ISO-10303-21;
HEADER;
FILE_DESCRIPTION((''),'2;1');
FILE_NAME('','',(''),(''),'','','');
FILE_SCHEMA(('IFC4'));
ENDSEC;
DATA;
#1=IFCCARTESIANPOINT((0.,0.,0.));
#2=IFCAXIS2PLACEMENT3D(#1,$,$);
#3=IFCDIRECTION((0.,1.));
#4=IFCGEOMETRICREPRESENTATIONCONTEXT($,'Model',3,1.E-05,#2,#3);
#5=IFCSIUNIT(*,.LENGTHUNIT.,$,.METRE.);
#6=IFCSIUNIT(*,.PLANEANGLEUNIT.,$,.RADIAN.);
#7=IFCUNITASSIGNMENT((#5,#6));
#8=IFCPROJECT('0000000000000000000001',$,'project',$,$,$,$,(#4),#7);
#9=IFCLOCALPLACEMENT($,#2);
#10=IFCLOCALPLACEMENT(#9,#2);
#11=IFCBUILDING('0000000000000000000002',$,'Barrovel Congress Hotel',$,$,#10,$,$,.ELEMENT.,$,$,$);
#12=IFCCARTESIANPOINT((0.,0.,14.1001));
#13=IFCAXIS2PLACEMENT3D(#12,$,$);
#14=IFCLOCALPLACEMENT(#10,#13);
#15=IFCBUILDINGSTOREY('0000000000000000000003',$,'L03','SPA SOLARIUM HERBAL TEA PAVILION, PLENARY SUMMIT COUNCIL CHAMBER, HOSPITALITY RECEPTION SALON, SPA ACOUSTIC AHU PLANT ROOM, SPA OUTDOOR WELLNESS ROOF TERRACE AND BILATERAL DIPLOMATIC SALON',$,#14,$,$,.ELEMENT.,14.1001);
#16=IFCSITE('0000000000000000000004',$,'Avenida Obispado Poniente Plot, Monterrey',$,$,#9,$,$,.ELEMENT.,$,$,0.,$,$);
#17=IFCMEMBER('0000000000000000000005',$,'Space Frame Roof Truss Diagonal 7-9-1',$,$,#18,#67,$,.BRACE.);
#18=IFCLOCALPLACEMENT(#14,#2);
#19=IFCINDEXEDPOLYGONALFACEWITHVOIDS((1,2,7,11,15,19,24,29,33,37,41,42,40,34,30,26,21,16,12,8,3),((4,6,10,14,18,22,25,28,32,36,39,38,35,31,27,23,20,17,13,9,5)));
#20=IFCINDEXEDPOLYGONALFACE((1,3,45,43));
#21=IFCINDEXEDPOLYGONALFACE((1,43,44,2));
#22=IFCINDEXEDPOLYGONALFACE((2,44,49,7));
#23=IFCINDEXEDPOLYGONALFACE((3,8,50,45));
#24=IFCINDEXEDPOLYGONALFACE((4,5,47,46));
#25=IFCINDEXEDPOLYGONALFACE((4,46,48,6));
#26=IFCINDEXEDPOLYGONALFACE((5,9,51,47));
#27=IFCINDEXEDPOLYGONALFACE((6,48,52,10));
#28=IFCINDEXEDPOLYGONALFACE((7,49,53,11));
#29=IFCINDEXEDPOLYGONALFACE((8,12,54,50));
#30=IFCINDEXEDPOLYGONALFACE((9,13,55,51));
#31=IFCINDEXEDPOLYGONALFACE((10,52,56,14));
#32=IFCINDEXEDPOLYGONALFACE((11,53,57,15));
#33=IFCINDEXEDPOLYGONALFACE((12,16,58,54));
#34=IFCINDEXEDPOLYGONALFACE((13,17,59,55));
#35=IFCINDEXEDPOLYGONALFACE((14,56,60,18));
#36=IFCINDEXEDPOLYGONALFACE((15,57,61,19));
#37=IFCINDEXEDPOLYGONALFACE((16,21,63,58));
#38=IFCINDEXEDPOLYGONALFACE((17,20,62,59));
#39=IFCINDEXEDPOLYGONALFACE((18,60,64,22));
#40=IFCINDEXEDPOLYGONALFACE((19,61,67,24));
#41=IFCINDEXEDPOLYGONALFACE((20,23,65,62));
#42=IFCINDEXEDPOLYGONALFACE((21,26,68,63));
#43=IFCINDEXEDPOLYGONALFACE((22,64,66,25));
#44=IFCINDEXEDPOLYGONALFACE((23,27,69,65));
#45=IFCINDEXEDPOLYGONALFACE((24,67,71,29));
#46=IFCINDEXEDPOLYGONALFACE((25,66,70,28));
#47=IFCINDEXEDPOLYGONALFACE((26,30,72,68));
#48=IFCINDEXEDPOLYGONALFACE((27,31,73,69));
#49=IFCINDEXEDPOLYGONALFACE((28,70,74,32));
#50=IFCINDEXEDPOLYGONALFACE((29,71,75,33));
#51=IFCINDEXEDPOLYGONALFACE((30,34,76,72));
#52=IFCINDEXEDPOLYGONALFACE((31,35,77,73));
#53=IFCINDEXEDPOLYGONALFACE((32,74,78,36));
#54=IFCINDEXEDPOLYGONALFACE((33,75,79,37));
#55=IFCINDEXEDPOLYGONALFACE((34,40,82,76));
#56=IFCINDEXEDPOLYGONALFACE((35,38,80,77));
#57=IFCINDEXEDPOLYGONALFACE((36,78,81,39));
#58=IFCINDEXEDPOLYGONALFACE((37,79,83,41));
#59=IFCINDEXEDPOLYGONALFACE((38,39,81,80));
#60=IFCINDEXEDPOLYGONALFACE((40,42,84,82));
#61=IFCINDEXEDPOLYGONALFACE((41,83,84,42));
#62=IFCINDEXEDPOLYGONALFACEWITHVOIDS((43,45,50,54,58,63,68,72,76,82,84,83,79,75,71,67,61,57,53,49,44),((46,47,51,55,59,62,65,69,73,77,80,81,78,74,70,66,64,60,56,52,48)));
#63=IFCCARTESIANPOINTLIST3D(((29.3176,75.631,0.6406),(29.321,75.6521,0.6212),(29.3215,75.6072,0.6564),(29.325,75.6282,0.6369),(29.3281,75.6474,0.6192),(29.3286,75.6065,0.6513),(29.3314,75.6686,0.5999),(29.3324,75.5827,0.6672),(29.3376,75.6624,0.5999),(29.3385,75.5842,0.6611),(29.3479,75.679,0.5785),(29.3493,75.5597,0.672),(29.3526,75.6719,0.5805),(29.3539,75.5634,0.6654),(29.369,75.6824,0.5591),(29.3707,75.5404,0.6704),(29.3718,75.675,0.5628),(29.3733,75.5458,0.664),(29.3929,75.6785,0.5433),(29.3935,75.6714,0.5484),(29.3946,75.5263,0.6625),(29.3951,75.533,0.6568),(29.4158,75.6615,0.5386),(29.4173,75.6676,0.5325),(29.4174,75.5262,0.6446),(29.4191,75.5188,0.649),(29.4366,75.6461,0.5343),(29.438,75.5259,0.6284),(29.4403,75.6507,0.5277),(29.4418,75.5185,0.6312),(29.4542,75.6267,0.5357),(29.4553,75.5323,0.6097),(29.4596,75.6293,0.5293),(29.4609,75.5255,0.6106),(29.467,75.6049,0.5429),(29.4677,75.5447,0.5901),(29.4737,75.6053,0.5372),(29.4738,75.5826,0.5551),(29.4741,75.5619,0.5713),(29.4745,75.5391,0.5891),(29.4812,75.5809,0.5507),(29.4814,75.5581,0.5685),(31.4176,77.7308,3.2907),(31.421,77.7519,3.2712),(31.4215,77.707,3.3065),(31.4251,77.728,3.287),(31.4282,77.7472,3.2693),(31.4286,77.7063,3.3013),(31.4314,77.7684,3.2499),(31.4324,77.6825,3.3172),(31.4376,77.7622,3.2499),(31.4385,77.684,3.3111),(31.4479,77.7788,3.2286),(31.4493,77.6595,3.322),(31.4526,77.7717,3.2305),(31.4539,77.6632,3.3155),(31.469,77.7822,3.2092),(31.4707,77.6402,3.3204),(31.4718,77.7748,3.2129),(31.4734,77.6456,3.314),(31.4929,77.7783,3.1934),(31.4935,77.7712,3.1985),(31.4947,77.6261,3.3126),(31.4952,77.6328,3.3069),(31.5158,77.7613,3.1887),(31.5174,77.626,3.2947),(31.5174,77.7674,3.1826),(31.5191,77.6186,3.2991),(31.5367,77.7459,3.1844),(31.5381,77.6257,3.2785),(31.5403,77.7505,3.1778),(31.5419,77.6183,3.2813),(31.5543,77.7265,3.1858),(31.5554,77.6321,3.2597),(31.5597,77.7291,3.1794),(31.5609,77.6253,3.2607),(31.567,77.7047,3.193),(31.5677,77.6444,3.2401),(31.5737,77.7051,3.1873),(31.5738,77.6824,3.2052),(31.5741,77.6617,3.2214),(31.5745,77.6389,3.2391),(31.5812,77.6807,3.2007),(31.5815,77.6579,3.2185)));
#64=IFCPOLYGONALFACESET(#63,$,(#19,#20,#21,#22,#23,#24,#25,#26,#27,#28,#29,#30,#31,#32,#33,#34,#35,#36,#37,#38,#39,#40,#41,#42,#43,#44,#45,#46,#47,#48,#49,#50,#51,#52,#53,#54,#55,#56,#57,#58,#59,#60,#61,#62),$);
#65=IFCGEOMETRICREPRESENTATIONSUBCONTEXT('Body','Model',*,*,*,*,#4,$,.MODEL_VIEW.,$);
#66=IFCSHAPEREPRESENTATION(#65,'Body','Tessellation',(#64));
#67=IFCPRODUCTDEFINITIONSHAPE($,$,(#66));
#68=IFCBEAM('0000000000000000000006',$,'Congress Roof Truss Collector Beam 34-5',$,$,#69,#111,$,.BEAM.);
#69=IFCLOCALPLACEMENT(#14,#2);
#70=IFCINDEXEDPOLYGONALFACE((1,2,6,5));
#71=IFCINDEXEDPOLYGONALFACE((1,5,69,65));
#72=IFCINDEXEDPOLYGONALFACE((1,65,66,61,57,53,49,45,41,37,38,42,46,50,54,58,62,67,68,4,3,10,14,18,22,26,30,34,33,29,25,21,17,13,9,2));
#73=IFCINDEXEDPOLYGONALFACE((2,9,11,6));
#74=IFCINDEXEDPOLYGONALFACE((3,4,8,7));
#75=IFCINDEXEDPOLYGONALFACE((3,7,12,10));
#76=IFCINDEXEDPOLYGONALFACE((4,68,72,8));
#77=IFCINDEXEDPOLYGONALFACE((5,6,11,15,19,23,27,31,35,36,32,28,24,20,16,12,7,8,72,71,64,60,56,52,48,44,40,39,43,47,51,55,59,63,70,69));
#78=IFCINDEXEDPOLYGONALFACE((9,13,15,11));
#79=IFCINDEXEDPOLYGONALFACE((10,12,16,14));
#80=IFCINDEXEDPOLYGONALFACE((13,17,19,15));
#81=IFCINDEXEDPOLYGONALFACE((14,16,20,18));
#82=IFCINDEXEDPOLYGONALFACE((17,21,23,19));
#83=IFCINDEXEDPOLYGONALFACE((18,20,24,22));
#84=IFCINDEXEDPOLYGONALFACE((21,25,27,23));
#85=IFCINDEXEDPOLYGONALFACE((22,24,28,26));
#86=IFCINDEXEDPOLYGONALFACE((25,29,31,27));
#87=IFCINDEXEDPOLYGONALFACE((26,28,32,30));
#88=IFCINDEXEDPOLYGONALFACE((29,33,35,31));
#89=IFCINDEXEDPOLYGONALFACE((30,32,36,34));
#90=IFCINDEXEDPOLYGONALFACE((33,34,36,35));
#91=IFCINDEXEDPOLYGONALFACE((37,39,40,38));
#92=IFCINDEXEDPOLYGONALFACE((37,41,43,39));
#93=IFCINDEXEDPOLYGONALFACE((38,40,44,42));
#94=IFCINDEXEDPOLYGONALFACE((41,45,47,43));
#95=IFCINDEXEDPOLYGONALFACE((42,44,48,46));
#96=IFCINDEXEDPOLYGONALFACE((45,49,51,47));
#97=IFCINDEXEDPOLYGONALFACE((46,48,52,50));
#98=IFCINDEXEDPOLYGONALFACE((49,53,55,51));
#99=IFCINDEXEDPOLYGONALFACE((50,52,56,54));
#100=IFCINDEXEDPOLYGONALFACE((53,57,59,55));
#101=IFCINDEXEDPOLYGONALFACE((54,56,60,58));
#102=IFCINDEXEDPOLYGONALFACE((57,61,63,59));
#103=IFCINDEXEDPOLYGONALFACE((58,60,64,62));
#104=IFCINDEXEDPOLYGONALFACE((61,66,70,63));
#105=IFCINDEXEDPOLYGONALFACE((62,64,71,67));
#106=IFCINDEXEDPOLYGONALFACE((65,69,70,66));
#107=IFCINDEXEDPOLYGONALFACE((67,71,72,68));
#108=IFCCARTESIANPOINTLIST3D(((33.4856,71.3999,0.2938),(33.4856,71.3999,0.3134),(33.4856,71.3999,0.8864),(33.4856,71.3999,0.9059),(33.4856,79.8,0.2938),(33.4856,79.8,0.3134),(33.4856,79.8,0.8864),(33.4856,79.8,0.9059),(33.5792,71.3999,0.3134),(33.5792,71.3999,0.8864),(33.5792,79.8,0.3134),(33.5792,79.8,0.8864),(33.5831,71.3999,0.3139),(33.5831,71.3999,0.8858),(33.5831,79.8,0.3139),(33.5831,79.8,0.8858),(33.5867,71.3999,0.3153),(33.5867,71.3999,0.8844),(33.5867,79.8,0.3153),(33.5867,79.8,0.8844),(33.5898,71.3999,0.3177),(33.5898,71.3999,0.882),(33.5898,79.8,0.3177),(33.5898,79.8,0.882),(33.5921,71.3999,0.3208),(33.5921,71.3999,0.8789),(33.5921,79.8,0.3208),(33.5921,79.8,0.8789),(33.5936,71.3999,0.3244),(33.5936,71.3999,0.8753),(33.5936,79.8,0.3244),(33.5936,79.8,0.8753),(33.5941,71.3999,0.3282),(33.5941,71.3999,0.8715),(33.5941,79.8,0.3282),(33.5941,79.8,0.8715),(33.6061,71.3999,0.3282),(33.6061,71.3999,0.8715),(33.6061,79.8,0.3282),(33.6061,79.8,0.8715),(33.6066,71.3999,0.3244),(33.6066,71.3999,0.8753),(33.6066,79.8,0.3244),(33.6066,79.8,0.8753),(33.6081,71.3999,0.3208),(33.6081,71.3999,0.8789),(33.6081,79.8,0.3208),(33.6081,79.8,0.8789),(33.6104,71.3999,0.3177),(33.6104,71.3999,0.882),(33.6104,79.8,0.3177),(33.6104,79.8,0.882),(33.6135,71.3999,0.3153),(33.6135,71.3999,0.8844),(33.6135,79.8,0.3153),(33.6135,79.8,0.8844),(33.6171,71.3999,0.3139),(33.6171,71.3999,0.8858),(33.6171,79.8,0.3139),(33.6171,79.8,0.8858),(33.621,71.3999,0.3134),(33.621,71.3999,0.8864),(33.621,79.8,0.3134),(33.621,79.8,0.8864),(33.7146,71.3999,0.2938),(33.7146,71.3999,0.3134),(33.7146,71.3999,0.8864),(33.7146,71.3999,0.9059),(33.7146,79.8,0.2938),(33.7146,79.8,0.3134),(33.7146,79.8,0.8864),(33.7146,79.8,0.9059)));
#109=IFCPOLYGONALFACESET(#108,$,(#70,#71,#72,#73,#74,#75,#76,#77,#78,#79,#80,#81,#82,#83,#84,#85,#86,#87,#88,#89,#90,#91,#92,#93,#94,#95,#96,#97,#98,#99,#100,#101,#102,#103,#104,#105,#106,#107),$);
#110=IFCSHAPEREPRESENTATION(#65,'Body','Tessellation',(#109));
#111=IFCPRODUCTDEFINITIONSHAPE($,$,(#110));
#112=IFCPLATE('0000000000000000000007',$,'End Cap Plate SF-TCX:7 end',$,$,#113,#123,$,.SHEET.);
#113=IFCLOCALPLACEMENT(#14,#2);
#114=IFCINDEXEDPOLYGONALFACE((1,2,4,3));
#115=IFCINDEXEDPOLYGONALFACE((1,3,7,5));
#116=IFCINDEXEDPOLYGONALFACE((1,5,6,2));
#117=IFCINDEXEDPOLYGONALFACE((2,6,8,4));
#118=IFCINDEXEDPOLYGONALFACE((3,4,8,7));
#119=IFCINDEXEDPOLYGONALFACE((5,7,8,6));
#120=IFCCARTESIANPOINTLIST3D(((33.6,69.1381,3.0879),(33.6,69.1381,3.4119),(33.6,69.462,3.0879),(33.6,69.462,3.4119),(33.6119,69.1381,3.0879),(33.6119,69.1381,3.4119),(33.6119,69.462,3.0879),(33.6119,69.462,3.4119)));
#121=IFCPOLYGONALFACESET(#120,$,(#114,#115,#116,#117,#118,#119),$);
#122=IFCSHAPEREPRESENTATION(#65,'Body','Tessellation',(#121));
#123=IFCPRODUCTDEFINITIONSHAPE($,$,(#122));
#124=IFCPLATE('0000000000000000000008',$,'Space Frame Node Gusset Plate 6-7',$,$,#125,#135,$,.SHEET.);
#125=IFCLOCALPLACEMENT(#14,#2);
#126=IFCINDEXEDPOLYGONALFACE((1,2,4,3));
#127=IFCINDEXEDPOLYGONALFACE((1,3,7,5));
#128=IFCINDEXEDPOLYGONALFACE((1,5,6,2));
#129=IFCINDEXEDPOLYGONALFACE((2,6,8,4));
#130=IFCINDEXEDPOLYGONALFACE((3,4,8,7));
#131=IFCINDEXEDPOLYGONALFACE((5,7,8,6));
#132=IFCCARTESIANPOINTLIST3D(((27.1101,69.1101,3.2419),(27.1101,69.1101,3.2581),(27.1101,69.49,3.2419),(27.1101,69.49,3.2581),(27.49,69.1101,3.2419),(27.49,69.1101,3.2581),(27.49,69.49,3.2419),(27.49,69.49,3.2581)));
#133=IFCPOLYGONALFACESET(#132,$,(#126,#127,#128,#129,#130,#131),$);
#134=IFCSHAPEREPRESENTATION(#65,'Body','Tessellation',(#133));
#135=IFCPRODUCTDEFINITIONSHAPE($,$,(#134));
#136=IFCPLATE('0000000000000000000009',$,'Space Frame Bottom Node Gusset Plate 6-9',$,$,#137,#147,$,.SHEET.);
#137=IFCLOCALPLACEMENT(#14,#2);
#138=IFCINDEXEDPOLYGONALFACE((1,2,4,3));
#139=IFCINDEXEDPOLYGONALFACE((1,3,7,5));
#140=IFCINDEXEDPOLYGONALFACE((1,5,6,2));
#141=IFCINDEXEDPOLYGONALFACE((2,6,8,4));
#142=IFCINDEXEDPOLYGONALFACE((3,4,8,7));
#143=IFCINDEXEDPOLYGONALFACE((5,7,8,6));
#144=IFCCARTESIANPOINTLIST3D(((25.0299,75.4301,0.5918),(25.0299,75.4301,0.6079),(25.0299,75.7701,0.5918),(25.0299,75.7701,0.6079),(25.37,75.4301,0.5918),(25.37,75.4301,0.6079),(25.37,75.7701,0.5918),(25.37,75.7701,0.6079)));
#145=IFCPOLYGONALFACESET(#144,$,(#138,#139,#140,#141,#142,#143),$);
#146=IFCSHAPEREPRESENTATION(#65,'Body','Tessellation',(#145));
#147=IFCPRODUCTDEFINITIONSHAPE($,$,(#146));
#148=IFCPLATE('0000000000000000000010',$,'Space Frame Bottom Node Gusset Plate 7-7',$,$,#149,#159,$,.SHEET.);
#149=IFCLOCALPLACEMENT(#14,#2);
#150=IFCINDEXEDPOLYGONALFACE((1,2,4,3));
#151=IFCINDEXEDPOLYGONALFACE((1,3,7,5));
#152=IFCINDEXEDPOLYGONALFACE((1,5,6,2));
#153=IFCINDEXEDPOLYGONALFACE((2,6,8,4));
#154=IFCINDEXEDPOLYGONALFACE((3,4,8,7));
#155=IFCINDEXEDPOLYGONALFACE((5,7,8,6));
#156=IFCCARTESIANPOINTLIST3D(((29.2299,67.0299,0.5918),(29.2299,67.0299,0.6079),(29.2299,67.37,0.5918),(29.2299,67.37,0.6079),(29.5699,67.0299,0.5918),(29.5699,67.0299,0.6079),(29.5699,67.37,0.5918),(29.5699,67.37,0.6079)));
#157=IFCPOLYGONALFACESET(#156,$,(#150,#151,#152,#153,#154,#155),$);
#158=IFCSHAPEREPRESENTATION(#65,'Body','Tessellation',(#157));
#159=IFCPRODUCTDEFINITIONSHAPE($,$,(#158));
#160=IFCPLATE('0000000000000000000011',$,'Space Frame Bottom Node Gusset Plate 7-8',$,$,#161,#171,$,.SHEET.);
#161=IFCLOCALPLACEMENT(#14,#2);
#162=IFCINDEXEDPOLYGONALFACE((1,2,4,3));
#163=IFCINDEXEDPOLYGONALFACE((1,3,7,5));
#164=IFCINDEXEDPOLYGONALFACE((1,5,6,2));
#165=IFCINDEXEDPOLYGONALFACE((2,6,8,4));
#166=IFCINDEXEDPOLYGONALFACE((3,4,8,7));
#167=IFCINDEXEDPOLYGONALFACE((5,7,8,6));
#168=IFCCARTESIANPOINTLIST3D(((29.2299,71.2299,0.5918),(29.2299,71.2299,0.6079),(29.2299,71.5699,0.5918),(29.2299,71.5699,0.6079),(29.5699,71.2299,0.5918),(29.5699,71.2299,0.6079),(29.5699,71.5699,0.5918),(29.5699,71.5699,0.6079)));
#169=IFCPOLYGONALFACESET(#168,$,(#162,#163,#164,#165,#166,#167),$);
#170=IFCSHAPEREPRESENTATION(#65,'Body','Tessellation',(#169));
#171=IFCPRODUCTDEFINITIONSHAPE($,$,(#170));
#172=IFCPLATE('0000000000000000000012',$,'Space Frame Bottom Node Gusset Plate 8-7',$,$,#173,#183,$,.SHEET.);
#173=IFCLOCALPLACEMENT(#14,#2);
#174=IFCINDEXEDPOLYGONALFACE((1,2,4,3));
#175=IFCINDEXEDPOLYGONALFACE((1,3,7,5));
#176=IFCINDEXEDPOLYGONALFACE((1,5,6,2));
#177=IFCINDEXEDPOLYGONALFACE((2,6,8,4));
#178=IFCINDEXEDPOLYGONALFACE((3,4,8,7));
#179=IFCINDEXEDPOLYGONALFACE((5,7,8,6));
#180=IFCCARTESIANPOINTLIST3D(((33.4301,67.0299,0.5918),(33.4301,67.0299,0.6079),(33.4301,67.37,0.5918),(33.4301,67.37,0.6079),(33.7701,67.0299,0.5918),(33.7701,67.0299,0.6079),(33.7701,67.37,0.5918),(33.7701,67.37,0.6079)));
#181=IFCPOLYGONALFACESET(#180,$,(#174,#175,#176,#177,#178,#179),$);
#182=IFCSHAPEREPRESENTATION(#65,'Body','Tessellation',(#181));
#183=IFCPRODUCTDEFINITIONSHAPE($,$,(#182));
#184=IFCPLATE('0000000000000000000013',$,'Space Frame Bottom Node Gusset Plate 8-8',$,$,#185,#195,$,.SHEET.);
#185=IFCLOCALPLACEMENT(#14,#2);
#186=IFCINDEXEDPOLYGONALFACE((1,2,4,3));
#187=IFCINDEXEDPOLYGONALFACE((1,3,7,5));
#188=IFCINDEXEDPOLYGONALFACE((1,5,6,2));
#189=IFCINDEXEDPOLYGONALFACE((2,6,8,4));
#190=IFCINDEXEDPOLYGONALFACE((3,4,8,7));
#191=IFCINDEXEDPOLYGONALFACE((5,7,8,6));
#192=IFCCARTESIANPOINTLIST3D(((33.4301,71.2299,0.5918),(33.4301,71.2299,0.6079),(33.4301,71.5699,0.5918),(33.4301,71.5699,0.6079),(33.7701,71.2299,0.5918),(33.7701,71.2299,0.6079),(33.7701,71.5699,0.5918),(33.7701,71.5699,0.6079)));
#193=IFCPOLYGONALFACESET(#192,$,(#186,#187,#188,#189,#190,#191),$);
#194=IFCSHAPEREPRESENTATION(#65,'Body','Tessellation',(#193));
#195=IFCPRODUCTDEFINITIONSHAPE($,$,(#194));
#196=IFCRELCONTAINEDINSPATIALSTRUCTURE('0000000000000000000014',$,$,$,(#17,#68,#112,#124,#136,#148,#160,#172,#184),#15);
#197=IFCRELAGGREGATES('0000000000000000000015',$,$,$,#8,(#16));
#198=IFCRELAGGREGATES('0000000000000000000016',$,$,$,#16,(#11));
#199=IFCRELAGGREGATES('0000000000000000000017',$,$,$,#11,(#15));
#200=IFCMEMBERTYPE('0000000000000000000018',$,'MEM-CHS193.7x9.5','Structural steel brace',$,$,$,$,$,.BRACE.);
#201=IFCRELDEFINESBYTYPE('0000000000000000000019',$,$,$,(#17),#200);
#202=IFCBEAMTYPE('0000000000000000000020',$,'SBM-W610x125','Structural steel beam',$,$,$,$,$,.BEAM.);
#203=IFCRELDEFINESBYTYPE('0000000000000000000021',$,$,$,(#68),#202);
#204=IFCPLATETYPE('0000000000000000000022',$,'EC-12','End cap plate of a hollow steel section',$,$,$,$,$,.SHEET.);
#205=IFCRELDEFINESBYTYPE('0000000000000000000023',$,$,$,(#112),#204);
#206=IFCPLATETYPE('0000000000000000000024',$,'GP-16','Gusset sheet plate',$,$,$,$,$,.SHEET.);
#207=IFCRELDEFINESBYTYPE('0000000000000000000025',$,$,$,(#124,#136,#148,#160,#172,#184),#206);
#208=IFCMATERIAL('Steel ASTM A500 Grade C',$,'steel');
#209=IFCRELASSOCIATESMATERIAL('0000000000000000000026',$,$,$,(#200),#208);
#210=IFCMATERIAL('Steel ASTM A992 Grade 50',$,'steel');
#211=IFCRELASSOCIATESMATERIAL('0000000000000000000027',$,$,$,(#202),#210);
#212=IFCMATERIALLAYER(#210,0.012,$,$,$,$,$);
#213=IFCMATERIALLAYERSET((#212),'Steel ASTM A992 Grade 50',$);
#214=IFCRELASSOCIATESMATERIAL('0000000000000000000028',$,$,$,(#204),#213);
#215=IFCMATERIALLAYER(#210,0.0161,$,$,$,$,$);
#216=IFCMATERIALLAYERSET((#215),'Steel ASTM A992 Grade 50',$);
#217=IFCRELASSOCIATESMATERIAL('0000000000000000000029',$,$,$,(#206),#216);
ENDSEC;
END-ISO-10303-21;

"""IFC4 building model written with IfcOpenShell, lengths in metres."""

from ifc_helpers import new_model, si_unit, direction, frame, origin, origin_2d, place, context, subcontext, project, spatial, rectangle, hollow_circle, i_section, extrude, material, layer, layer_set, material_profile, profile_set, type_object, element, save


model = new_model("IFC4")

# Units and contexts
model_context = context("Model", 3, precision=1e-05, world=origin(), true_north=direction((0.0, 1.0)))
body_context = subcontext(model_context, "Body", "Model", "MODEL_VIEW")
ifc_project = project(units=[si_unit("LENGTHUNIT", "METRE"), si_unit("PLANEANGLEUNIT", "RADIAN")], contexts=[model_context])

# Site, building, storey
site_placement = place(None, origin())
site = spatial("IfcSite", under=ifc_project, at=site_placement, Name="Avenida Obispado Poniente Plot, Monterrey", CompositionType="ELEMENT", RefElevation=0.0)
building_placement = place(site_placement, origin())
building = spatial("IfcBuilding", under=site, at=building_placement, Name="Barrovel Congress Hotel", CompositionType="ELEMENT")
storey_placement = place(building_placement, frame((0.0, 0.0, 14.1001)))
storey = spatial("IfcBuildingStorey", under=building, at=storey_placement, Name="L03", Description="SPA SOLARIUM HERBAL TEA PAVILION, PLENARY SUMMIT COUNCIL CHAMBER, HOSPITALITY RECEPTION SALON, SPA ACOUSTIC AHU PLANT ROOM, SPA OUTDOOR WELLNESS ROOF TERRACE AND BILATERAL DIPLOMATIC SALON", CompositionType="ELEMENT", Elevation=14.1001)

# Member
ifc_material_1 = material(Name="Steel ASTM A500 Grade C", Category="steel")
ifc_material_profile_1 = material_profile(ifc_material_1, hollow_circle(Radius=0.0969, WallThickness=0.0088, at=origin_2d()), Name="CHS193.7x9.5")
ifc_profile_set_1 = profile_set([ifc_material_profile_1], Name="Steel ASTM A500 Grade C")
member_type_1 = type_object("IfcMemberType", Name="MEM-CHS193.7x9.5", Description="Structural steel brace", PredefinedType="BRACE", material=ifc_profile_set_1)
member_1_placement = place(storey_placement, frame((29.3999, 75.6001, 0.5999), z_axis=(0.527618, 0.527557, 0.66581), x_axis=(-0.707066, 0.707148, 0.0)))
element("IfcMember", 1, at=member_1_placement, inside=storey, type_object=member_type_1, Name="Space Frame Roof Truss Diagonal 7-9-1", PredefinedType="BRACE", context=body_context, shape_type="SweptSolid", body=[
    extrude(hollow_circle(Radius=0.0969, WallThickness=0.0088, at=origin_2d()), origin(), (0.0, 0.0, 1.0), 3.9802),
])

# Beam
ifc_material_2 = material(Name="Steel ASTM A992 Grade 50", Category="steel")
ifc_material_profile_2 = material_profile(ifc_material_2, i_section(OverallWidth=0.229, OverallDepth=0.6121, WebThickness=0.012, FlangeThickness=0.0195, FilletRadius=0.0149, at=origin_2d()), Name="W610x125")
ifc_profile_set_2 = profile_set([ifc_material_profile_2], Name="Steel ASTM A992 Grade 50")
beam_type_1 = type_object("IfcBeamType", Name="SBM-W610x125", Description="Structural steel beam", PredefinedType="BEAM", material=ifc_profile_set_2)
beam_1_placement = place(storey_placement, frame((33.6001, 71.3999, 0.5999), z_axis=(0.0, 1.0, 0.0), x_axis=(-1.0, 0.0, 0.0)))
element("IfcBeam", 2, at=beam_1_placement, inside=storey, type_object=beam_type_1, Name="Congress Roof Truss Collector Beam 34-5", PredefinedType="BEAM", context=body_context, shape_type="SweptSolid", body=[
    extrude(i_section(OverallWidth=0.229, OverallDepth=0.6121, WebThickness=0.012, FlangeThickness=0.0195, FilletRadius=0.0149, at=origin_2d()), origin(), (0.0, 0.0, 1.0), 8.4001),
])

# Plates
ifc_layer_1 = layer(ifc_material_2, 0.012)
ifc_layer_set_1 = layer_set([ifc_layer_1], Name="Steel ASTM A992 Grade 50")
plate_type_1 = type_object("IfcPlateType", Name="EC-12", Description="End cap plate of a hollow steel section", PredefinedType="SHEET", material=ifc_layer_set_1)
plate_1_placement = place(storey_placement, frame((33.606, 69.3, 3.0879), z_axis=(0.0, 0.0, 1.0), x_axis=(1.0, 0.0, 0.0)))
element("IfcPlate", 3, at=plate_1_placement, inside=storey, type_object=plate_type_1, Name="End Cap Plate SF-TCX:7 end", PredefinedType="SHEET", context=body_context, shape_type="SweptSolid", body=[
    extrude(rectangle(XDim=0.012, YDim=0.324, at=origin_2d()), origin(), (0.0, 0.0, 1.0), 0.324),
])
ifc_layer_2 = layer(ifc_material_2, 0.0161)
ifc_layer_set_2 = layer_set([ifc_layer_2], Name="Steel ASTM A992 Grade 50")
plate_type_2 = type_object("IfcPlateType", Name="GP-16", Description="Gusset sheet plate", PredefinedType="SHEET", material=ifc_layer_set_2)
plate_2_placement = place(storey_placement, frame((27.3, 69.3, 3.2419), z_axis=(0.0, 0.0, 1.0), x_axis=(1.0, 0.0, 0.0)))
element("IfcPlate", 4, at=plate_2_placement, inside=storey, type_object=plate_type_2, Name="Space Frame Node Gusset Plate 6-7", PredefinedType="SHEET", context=body_context, shape_type="SweptSolid", body=[
    extrude(rectangle(XDim=0.3799, YDim=0.3799, at=origin_2d()), origin(), (0.0, 0.0, 1.0), 0.0161),
])
for number, where, z_axis, x_axis, name in (
    (5, (25.2, 75.6001, 0.5918), (0.0, 0.0, 1.0), (1.0, 0.0, 0.0), "Space Frame Bottom Node Gusset Plate 6-9"),
    (6, (29.3999, 67.2, 0.5918), (0.0, 0.0, 1.0), (1.0, 0.0, 0.0), "Space Frame Bottom Node Gusset Plate 7-7"),
    (7, (29.3999, 71.3999, 0.5918), (0.0, 0.0, 1.0), (1.0, 0.0, 0.0), "Space Frame Bottom Node Gusset Plate 7-8"),
    (8, (33.6001, 67.2, 0.5918), (0.0, 0.0, 1.0), (1.0, 0.0, 0.0), "Space Frame Bottom Node Gusset Plate 8-7"),
    (9, (33.6001, 71.3999, 0.5918), (0.0, 0.0, 1.0), (1.0, 0.0, 0.0), "Space Frame Bottom Node Gusset Plate 8-8"),
):
    element("IfcPlate", number, at=place(storey_placement, frame(where, z_axis=z_axis, x_axis=x_axis)), inside=storey, type_object=plate_type_2, Name=name, PredefinedType="SHEET", context=body_context, shape_type="SweptSolid", body=[
        extrude(rectangle(XDim=0.3401, YDim=0.3401, at=origin_2d()), origin(), (0.0, 0.0, 1.0), 0.0161),
    ])

save(model, "model.ifc")
